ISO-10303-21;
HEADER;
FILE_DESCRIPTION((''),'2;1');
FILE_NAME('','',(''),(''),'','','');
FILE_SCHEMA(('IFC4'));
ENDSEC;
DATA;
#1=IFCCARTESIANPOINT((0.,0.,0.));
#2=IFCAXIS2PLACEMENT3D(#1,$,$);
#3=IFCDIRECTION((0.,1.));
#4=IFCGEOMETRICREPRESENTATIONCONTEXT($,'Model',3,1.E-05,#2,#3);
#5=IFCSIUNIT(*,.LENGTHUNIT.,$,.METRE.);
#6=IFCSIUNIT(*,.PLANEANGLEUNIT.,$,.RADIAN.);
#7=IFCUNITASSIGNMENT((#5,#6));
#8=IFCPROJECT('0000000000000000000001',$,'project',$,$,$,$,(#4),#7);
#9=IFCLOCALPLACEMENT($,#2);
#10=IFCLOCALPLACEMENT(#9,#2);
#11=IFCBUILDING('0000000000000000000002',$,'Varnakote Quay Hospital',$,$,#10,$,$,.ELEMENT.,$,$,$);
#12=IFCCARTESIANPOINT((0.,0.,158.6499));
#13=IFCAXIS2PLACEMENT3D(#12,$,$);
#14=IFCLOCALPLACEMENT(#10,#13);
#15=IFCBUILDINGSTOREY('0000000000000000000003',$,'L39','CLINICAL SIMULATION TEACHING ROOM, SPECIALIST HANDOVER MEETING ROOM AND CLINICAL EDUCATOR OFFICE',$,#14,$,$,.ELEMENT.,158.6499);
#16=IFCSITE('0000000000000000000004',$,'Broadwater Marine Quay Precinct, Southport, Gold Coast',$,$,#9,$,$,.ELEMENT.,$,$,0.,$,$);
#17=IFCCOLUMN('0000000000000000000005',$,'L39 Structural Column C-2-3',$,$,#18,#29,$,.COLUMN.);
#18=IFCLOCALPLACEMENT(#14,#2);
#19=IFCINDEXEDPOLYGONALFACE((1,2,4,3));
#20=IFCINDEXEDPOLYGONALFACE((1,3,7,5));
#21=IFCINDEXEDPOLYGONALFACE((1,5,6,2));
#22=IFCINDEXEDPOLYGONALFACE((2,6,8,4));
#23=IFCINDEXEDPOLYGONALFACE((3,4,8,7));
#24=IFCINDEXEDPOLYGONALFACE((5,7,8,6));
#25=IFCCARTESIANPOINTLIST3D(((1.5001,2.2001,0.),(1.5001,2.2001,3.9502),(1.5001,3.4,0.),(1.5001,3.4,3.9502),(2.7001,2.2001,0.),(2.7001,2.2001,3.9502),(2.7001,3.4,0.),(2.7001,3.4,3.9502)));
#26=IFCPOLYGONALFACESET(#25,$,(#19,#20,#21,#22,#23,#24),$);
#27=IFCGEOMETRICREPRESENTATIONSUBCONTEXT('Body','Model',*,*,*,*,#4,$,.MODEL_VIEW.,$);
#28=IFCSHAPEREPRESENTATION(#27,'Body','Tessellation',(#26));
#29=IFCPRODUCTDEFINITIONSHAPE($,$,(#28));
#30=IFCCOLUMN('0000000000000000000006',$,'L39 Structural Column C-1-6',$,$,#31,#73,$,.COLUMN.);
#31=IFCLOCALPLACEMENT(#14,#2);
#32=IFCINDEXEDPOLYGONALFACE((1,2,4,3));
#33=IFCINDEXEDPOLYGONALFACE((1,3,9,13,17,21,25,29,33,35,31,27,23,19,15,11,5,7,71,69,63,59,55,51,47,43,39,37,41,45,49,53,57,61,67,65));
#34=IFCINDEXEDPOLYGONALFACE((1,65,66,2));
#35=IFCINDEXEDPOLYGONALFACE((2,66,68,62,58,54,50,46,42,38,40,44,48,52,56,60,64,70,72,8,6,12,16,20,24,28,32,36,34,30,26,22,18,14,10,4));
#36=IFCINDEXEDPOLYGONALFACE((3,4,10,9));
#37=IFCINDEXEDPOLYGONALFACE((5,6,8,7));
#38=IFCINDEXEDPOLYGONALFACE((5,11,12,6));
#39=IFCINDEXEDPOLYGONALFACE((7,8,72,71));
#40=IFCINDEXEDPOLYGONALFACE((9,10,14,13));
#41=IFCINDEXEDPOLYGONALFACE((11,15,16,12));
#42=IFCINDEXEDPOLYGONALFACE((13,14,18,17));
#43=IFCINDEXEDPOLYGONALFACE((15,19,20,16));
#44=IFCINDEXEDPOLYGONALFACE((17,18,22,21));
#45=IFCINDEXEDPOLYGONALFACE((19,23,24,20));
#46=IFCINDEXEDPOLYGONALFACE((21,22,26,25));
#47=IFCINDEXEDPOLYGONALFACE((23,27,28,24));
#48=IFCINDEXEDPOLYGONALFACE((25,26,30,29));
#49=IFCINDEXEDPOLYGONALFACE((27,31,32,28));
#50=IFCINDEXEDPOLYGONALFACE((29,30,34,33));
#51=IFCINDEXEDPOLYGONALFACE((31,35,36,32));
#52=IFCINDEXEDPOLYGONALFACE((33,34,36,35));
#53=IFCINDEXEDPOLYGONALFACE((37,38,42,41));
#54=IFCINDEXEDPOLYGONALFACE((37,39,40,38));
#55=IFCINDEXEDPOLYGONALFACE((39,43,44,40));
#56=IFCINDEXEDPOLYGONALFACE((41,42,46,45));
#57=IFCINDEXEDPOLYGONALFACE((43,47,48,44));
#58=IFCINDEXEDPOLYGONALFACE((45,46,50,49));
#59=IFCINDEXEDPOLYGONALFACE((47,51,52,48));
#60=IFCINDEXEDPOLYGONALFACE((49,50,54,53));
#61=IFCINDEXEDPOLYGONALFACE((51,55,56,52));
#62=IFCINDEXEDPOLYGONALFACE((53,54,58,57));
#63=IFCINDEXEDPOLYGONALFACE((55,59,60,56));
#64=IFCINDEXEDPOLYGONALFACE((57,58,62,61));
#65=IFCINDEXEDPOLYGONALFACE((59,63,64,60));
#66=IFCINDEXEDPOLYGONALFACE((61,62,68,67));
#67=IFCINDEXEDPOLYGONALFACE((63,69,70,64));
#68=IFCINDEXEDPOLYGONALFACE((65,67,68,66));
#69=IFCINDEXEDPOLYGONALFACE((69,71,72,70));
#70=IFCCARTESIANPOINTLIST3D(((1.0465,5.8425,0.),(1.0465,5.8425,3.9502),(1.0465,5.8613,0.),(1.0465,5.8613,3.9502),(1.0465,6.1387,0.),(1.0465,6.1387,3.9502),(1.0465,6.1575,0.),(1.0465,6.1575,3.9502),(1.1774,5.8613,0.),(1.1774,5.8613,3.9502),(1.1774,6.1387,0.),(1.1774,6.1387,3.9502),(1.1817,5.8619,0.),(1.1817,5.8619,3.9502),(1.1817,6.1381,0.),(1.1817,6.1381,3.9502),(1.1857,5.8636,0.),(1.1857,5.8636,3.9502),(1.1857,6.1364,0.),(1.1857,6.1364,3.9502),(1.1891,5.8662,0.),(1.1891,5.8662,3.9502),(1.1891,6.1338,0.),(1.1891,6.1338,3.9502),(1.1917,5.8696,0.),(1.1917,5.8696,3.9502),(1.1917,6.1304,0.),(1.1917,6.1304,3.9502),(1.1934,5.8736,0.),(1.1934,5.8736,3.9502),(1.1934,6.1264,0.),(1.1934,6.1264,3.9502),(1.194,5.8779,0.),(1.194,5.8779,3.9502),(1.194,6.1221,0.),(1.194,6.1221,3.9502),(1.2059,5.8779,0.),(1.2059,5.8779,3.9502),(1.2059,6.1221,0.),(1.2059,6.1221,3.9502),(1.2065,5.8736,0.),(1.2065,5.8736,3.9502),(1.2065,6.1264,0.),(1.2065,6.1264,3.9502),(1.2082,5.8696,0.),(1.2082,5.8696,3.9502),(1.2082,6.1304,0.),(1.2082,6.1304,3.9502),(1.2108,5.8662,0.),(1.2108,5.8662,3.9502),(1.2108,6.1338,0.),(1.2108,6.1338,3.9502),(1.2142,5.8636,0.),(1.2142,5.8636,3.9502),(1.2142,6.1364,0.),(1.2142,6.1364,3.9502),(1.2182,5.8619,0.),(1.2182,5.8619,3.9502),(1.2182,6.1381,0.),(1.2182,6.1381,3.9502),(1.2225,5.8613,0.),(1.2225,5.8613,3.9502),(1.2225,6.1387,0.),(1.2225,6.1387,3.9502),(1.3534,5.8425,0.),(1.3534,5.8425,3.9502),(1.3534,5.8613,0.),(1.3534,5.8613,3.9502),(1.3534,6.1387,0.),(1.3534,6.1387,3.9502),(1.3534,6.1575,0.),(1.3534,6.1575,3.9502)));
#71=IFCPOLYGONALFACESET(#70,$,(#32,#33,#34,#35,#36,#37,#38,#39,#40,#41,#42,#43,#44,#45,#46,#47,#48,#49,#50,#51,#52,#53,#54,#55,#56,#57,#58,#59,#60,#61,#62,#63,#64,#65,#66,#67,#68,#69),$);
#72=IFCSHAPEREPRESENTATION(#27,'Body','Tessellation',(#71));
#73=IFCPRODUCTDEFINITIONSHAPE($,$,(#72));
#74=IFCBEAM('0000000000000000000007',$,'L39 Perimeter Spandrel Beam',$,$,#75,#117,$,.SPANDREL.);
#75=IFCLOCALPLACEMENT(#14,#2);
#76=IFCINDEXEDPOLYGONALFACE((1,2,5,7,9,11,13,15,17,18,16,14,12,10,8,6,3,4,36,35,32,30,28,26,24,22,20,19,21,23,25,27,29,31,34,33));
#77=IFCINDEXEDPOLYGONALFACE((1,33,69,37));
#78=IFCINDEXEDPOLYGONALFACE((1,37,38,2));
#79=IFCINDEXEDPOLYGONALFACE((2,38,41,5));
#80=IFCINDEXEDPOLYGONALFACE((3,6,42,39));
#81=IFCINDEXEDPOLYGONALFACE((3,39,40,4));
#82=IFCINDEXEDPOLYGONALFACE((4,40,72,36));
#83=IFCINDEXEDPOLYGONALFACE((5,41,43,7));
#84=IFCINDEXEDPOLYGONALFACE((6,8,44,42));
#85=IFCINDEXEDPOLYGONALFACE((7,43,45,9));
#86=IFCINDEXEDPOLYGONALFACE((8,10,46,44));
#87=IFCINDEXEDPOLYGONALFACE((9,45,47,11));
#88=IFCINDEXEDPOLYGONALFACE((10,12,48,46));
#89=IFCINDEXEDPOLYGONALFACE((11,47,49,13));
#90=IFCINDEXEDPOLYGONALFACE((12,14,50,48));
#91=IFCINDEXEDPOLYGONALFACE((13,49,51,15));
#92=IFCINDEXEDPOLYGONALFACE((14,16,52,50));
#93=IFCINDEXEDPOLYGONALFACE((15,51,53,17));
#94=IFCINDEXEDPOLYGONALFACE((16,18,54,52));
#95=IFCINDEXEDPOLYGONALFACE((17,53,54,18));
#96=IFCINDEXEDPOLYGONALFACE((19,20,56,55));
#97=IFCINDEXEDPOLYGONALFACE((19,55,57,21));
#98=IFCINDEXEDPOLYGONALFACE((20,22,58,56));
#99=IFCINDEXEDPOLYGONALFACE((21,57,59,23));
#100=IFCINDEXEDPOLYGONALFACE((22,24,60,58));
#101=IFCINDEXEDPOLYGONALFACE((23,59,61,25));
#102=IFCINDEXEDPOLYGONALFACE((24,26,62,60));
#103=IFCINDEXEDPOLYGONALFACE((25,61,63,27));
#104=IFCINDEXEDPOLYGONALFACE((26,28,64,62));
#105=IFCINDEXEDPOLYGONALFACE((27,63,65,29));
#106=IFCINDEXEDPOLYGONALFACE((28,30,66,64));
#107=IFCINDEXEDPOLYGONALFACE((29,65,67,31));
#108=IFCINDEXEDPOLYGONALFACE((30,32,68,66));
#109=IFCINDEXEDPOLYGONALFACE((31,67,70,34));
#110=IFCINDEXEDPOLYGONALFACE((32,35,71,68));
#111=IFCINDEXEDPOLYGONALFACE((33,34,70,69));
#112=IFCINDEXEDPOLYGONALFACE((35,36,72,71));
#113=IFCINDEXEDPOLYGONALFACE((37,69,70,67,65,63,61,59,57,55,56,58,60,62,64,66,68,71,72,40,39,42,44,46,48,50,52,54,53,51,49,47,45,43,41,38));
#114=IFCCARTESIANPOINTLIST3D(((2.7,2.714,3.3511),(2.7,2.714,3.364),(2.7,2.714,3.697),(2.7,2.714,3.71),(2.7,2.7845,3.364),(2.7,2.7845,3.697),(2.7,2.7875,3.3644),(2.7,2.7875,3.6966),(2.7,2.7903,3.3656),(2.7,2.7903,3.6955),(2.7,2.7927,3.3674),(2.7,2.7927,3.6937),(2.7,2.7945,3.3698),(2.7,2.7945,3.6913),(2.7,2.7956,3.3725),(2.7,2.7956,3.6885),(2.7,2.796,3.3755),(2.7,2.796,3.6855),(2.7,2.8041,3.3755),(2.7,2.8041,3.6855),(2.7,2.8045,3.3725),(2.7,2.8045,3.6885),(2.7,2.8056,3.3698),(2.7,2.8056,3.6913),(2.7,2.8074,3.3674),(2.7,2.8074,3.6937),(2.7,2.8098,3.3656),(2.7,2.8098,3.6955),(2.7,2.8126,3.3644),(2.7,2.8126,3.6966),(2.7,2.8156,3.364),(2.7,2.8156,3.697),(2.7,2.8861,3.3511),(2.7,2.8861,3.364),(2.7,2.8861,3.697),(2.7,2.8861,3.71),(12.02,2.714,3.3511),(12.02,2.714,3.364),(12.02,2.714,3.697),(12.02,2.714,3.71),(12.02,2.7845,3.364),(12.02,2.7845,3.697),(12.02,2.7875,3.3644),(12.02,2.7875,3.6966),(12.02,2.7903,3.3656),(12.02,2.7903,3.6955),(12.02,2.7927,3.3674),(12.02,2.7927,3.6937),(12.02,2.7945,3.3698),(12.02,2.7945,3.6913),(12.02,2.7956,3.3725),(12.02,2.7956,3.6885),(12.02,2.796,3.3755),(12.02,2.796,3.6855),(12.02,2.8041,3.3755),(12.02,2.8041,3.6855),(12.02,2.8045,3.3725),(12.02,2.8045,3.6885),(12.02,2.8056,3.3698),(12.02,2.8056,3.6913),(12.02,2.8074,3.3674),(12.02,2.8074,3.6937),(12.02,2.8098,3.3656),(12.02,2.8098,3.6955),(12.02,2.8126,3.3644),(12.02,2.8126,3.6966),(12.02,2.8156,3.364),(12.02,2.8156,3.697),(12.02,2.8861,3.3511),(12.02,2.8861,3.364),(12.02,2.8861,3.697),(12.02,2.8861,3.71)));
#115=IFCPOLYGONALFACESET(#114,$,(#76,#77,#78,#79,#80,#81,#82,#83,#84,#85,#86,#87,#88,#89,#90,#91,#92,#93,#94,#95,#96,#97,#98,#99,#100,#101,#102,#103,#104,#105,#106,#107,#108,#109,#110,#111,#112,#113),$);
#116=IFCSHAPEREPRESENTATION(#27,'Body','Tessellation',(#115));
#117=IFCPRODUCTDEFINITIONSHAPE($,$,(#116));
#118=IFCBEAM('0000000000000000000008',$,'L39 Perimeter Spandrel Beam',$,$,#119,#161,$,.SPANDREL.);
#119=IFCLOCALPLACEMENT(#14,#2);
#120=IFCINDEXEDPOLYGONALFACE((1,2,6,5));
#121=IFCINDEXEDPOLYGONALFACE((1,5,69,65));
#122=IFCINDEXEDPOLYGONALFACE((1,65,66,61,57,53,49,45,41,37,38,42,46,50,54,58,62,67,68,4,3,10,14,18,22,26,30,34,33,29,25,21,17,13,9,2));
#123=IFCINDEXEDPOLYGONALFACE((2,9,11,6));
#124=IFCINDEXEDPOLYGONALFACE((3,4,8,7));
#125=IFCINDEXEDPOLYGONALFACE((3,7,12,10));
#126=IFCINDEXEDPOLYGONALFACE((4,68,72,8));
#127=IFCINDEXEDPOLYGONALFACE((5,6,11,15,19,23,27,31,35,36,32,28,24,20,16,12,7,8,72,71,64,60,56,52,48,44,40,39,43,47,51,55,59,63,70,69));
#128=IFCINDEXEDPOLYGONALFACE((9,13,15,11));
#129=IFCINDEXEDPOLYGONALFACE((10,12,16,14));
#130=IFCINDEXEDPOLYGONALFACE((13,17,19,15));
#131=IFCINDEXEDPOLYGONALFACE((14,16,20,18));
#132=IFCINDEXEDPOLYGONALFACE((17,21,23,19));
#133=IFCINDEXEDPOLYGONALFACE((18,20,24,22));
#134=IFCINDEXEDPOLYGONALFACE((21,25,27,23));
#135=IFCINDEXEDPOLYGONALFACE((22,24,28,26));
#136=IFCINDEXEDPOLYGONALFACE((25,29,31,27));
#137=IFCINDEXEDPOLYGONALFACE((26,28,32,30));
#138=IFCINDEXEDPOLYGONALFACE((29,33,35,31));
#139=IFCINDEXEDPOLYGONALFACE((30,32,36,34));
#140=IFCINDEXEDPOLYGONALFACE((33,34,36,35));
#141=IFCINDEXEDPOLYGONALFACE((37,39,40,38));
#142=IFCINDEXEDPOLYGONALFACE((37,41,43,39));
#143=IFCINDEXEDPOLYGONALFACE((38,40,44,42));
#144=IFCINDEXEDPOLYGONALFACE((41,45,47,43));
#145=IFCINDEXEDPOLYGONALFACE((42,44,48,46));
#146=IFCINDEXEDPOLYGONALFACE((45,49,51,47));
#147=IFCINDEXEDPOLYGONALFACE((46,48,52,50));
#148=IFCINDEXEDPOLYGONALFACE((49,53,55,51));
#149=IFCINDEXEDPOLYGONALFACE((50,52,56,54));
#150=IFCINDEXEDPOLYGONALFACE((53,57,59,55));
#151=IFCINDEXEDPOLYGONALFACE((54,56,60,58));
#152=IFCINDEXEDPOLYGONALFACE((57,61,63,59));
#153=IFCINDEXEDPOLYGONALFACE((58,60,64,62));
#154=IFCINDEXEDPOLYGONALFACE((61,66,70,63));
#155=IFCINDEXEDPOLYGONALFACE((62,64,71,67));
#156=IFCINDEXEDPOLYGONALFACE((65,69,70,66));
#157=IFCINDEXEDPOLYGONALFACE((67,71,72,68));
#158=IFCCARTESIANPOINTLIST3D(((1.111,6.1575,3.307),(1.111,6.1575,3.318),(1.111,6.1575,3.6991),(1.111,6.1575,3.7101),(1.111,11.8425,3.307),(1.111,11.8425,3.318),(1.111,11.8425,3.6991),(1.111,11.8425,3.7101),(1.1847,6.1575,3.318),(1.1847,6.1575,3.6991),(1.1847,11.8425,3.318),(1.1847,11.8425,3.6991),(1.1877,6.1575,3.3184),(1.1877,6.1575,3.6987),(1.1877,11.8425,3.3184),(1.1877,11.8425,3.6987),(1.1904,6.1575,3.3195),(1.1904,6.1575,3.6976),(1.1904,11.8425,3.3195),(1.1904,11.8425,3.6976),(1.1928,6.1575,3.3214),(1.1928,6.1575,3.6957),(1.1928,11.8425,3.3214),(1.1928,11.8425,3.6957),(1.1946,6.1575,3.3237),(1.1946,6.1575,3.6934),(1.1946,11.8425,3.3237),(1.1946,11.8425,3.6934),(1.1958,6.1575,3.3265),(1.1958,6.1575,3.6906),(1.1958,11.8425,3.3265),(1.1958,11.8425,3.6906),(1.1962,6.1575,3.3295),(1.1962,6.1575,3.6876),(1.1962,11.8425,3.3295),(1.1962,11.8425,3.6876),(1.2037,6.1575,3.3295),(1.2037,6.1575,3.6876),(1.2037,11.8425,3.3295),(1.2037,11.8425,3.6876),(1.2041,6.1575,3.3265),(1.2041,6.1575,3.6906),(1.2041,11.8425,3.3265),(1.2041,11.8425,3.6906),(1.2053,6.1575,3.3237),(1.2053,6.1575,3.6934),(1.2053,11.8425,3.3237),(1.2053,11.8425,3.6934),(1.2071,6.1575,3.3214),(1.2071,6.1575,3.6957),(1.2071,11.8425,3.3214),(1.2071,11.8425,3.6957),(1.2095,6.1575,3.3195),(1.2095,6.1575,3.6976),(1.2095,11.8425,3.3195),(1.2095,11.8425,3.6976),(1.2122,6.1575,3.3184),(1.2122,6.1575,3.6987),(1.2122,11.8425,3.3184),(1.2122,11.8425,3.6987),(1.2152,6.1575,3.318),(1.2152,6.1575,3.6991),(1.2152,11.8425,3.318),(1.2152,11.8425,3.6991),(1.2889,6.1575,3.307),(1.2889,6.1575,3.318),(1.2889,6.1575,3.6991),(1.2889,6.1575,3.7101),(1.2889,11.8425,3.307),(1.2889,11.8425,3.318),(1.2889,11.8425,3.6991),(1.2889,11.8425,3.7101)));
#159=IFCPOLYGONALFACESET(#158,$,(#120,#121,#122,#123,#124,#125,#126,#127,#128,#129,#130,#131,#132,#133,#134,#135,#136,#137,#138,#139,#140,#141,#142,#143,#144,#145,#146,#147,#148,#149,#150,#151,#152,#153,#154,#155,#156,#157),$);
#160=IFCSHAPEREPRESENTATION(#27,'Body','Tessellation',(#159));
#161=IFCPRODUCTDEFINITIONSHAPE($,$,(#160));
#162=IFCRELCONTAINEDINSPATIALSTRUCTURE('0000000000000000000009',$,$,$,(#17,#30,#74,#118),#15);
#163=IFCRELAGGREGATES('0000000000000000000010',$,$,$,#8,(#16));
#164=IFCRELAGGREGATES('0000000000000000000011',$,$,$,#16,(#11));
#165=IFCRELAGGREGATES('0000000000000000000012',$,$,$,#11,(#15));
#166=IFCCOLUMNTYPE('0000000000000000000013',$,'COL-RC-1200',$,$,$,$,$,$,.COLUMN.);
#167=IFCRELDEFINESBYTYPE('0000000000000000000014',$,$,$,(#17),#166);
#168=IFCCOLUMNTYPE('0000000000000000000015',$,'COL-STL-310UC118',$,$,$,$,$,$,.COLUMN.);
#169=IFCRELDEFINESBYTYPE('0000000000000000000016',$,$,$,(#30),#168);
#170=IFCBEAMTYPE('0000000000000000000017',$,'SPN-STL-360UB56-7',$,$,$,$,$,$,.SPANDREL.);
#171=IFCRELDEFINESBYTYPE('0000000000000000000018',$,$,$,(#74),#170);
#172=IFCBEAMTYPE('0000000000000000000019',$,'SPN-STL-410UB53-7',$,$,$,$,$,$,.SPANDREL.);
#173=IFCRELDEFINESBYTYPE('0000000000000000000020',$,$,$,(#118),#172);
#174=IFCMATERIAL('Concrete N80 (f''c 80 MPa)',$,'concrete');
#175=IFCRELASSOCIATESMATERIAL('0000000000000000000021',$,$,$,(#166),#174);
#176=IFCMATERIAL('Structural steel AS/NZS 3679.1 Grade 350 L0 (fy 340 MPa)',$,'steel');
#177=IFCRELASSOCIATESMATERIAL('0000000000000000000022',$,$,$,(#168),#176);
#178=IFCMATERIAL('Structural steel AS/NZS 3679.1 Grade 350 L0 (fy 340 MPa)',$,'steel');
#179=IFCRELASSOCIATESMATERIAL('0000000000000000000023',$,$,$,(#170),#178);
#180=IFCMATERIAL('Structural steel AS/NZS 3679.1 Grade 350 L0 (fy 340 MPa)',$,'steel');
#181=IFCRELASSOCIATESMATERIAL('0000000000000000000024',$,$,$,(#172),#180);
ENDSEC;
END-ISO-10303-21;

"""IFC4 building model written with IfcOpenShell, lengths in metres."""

from ifc_helpers import new_model, si_unit, direction, frame, origin, origin_2d, place, context, subcontext, project, spatial, rectangle, i_section, extrude, material, material_profile, profile_set, type_object, element, save


model = new_model("IFC4")

# Units and contexts
model_context = context("Model", 3, precision=1e-05, world=origin(), true_north=direction((0.0, 1.0)))
body_context = subcontext(model_context, "Body", "Model", "MODEL_VIEW")
ifc_project = project(units=[si_unit("LENGTHUNIT", "METRE"), si_unit("PLANEANGLEUNIT", "RADIAN")], contexts=[model_context])

# Site, building, storey
site_placement = place(None, origin())
site = spatial("IfcSite", under=ifc_project, at=site_placement, Name="Broadwater Marine Quay Precinct, Southport, Gold Coast", CompositionType="ELEMENT", RefElevation=0.0)
building_placement = place(site_placement, origin())
building = spatial("IfcBuilding", under=site, at=building_placement, Name="Varnakote Quay Hospital", CompositionType="ELEMENT")
storey_placement = place(building_placement, frame((0.0, 0.0, 158.6499)))
storey = spatial("IfcBuildingStorey", under=building, at=storey_placement, Name="L39", Description="CLINICAL SIMULATION TEACHING ROOM, SPECIALIST HANDOVER MEETING ROOM AND CLINICAL EDUCATOR OFFICE", CompositionType="ELEMENT", Elevation=158.6499)

# Columns
ifc_material_1 = material(Name="Concrete N80 (f'c 80 MPa)", Category="concrete")
ifc_material_profile_1 = material_profile(ifc_material_1, rectangle(XDim=1.2, YDim=1.2, at=origin_2d()), Name="RC-COL-1200x1200")
ifc_profile_set_1 = profile_set([ifc_material_profile_1], Name="Concrete N80 (f'c 80 MPa)")
column_type_1 = type_object("IfcColumnType", Name="COL-RC-1200", PredefinedType="COLUMN", material=ifc_profile_set_1)
column_1_placement = place(storey_placement, frame((2.1001, 2.8, 0.0), z_axis=(0.0, 0.0, 1.0), x_axis=(1.0, 0.0, 0.0)))
element("IfcColumn", 1, at=column_1_placement, inside=storey, type_object=column_type_1, Name="L39 Structural Column C-2-3", PredefinedType="COLUMN", context=body_context, shape_type="SweptSolid", body=[
    extrude(rectangle(XDim=1.2, YDim=1.2, at=origin_2d()), origin(), (0.0, 0.0, 1.0), 3.9502),
])
ifc_material_2 = material(Name="Structural steel AS/NZS 3679.1 Grade 350 L0 (fy 340 MPa)", Category="steel")
ifc_material_profile_2 = material_profile(ifc_material_2, i_section(OverallWidth=0.3069, OverallDepth=0.3149, WebThickness=0.012, FlangeThickness=0.0188, FilletRadius=0.0166, at=origin_2d()), Name="310UC118")
ifc_profile_set_2 = profile_set([ifc_material_profile_2], Name="Structural steel AS/NZS 3679.1 Grade 350 L0 (fy 340 MPa)")
column_type_2 = type_object("IfcColumnType", Name="COL-STL-310UC118", PredefinedType="COLUMN", material=ifc_profile_set_2)
column_2_placement = place(storey_placement, frame((1.2, 6.0, 0.0), z_axis=(0.0, 0.0, 1.0), x_axis=(1.0, 0.0, 0.0)))
element("IfcColumn", 2, at=column_2_placement, inside=storey, type_object=column_type_2, Name="L39 Structural Column C-1-6", PredefinedType="COLUMN", context=body_context, shape_type="SweptSolid", body=[
    extrude(i_section(OverallWidth=0.3069, OverallDepth=0.3149, WebThickness=0.012, FlangeThickness=0.0188, FilletRadius=0.0166, at=origin_2d()), origin(), (0.0, 0.0, 1.0), 3.9502),
])

# Beams
ifc_material_3 = material(Name="Structural steel AS/NZS 3679.1 Grade 350 L0 (fy 340 MPa)", Category="steel")
ifc_material_profile_3 = material_profile(ifc_material_3, i_section(OverallWidth=0.1721, OverallDepth=0.3589, WebThickness=0.0081, FlangeThickness=0.0129, FilletRadius=0.0115, at=origin_2d()), Name="360UB56.7")
ifc_profile_set_3 = profile_set([ifc_material_profile_3], Name="Structural steel AS/NZS 3679.1 Grade 350 L0 (fy 340 MPa)")
beam_type_1 = type_object("IfcBeamType", Name="SPN-STL-360UB56-7", PredefinedType="SPANDREL", material=ifc_profile_set_3)
beam_1_placement = place(storey_placement, frame((2.7, 2.8, 3.5305), z_axis=(1.0, 0.0, 0.0), x_axis=(0.0, 1.0, 0.0)))
element("IfcBeam", 3, at=beam_1_placement, inside=storey, type_object=beam_type_1, Name="L39 Perimeter Spandrel Beam", PredefinedType="SPANDREL", context=body_context, shape_type="SweptSolid", body=[
    extrude(i_section(OverallWidth=0.1721, OverallDepth=0.3589, WebThickness=0.0081, FlangeThickness=0.0129, FilletRadius=0.0115, at=origin_2d()), origin(), (0.0, 0.0, 1.0), 9.3201),
])
ifc_material_4 = material(Name="Structural steel AS/NZS 3679.1 Grade 350 L0 (fy 340 MPa)", Category="steel")
ifc_material_profile_4 = material_profile(ifc_material_4, i_section(OverallWidth=0.178, OverallDepth=0.4031, WebThickness=0.0076, FlangeThickness=0.011, FilletRadius=0.0115, at=origin_2d()), Name="410UB53.7")
ifc_profile_set_4 = profile_set([ifc_material_profile_4], Name="Structural steel AS/NZS 3679.1 Grade 350 L0 (fy 340 MPa)")
beam_type_2 = type_object("IfcBeamType", Name="SPN-STL-410UB53-7", PredefinedType="SPANDREL", material=ifc_profile_set_4)
beam_2_placement = place(storey_placement, frame((1.2, 6.1575, 3.5085), z_axis=(0.0, 1.0, 0.0), x_axis=(-1.0, 0.0, 0.0)))
element("IfcBeam", 4, at=beam_2_placement, inside=storey, type_object=beam_type_2, Name="L39 Perimeter Spandrel Beam", PredefinedType="SPANDREL", context=body_context, shape_type="SweptSolid", body=[
    extrude(i_section(OverallWidth=0.178, OverallDepth=0.4031, WebThickness=0.0076, FlangeThickness=0.011, FilletRadius=0.0115, at=origin_2d()), origin(), (0.0, 0.0, 1.0), 5.6851),
])

save(model, "model.ifc")
